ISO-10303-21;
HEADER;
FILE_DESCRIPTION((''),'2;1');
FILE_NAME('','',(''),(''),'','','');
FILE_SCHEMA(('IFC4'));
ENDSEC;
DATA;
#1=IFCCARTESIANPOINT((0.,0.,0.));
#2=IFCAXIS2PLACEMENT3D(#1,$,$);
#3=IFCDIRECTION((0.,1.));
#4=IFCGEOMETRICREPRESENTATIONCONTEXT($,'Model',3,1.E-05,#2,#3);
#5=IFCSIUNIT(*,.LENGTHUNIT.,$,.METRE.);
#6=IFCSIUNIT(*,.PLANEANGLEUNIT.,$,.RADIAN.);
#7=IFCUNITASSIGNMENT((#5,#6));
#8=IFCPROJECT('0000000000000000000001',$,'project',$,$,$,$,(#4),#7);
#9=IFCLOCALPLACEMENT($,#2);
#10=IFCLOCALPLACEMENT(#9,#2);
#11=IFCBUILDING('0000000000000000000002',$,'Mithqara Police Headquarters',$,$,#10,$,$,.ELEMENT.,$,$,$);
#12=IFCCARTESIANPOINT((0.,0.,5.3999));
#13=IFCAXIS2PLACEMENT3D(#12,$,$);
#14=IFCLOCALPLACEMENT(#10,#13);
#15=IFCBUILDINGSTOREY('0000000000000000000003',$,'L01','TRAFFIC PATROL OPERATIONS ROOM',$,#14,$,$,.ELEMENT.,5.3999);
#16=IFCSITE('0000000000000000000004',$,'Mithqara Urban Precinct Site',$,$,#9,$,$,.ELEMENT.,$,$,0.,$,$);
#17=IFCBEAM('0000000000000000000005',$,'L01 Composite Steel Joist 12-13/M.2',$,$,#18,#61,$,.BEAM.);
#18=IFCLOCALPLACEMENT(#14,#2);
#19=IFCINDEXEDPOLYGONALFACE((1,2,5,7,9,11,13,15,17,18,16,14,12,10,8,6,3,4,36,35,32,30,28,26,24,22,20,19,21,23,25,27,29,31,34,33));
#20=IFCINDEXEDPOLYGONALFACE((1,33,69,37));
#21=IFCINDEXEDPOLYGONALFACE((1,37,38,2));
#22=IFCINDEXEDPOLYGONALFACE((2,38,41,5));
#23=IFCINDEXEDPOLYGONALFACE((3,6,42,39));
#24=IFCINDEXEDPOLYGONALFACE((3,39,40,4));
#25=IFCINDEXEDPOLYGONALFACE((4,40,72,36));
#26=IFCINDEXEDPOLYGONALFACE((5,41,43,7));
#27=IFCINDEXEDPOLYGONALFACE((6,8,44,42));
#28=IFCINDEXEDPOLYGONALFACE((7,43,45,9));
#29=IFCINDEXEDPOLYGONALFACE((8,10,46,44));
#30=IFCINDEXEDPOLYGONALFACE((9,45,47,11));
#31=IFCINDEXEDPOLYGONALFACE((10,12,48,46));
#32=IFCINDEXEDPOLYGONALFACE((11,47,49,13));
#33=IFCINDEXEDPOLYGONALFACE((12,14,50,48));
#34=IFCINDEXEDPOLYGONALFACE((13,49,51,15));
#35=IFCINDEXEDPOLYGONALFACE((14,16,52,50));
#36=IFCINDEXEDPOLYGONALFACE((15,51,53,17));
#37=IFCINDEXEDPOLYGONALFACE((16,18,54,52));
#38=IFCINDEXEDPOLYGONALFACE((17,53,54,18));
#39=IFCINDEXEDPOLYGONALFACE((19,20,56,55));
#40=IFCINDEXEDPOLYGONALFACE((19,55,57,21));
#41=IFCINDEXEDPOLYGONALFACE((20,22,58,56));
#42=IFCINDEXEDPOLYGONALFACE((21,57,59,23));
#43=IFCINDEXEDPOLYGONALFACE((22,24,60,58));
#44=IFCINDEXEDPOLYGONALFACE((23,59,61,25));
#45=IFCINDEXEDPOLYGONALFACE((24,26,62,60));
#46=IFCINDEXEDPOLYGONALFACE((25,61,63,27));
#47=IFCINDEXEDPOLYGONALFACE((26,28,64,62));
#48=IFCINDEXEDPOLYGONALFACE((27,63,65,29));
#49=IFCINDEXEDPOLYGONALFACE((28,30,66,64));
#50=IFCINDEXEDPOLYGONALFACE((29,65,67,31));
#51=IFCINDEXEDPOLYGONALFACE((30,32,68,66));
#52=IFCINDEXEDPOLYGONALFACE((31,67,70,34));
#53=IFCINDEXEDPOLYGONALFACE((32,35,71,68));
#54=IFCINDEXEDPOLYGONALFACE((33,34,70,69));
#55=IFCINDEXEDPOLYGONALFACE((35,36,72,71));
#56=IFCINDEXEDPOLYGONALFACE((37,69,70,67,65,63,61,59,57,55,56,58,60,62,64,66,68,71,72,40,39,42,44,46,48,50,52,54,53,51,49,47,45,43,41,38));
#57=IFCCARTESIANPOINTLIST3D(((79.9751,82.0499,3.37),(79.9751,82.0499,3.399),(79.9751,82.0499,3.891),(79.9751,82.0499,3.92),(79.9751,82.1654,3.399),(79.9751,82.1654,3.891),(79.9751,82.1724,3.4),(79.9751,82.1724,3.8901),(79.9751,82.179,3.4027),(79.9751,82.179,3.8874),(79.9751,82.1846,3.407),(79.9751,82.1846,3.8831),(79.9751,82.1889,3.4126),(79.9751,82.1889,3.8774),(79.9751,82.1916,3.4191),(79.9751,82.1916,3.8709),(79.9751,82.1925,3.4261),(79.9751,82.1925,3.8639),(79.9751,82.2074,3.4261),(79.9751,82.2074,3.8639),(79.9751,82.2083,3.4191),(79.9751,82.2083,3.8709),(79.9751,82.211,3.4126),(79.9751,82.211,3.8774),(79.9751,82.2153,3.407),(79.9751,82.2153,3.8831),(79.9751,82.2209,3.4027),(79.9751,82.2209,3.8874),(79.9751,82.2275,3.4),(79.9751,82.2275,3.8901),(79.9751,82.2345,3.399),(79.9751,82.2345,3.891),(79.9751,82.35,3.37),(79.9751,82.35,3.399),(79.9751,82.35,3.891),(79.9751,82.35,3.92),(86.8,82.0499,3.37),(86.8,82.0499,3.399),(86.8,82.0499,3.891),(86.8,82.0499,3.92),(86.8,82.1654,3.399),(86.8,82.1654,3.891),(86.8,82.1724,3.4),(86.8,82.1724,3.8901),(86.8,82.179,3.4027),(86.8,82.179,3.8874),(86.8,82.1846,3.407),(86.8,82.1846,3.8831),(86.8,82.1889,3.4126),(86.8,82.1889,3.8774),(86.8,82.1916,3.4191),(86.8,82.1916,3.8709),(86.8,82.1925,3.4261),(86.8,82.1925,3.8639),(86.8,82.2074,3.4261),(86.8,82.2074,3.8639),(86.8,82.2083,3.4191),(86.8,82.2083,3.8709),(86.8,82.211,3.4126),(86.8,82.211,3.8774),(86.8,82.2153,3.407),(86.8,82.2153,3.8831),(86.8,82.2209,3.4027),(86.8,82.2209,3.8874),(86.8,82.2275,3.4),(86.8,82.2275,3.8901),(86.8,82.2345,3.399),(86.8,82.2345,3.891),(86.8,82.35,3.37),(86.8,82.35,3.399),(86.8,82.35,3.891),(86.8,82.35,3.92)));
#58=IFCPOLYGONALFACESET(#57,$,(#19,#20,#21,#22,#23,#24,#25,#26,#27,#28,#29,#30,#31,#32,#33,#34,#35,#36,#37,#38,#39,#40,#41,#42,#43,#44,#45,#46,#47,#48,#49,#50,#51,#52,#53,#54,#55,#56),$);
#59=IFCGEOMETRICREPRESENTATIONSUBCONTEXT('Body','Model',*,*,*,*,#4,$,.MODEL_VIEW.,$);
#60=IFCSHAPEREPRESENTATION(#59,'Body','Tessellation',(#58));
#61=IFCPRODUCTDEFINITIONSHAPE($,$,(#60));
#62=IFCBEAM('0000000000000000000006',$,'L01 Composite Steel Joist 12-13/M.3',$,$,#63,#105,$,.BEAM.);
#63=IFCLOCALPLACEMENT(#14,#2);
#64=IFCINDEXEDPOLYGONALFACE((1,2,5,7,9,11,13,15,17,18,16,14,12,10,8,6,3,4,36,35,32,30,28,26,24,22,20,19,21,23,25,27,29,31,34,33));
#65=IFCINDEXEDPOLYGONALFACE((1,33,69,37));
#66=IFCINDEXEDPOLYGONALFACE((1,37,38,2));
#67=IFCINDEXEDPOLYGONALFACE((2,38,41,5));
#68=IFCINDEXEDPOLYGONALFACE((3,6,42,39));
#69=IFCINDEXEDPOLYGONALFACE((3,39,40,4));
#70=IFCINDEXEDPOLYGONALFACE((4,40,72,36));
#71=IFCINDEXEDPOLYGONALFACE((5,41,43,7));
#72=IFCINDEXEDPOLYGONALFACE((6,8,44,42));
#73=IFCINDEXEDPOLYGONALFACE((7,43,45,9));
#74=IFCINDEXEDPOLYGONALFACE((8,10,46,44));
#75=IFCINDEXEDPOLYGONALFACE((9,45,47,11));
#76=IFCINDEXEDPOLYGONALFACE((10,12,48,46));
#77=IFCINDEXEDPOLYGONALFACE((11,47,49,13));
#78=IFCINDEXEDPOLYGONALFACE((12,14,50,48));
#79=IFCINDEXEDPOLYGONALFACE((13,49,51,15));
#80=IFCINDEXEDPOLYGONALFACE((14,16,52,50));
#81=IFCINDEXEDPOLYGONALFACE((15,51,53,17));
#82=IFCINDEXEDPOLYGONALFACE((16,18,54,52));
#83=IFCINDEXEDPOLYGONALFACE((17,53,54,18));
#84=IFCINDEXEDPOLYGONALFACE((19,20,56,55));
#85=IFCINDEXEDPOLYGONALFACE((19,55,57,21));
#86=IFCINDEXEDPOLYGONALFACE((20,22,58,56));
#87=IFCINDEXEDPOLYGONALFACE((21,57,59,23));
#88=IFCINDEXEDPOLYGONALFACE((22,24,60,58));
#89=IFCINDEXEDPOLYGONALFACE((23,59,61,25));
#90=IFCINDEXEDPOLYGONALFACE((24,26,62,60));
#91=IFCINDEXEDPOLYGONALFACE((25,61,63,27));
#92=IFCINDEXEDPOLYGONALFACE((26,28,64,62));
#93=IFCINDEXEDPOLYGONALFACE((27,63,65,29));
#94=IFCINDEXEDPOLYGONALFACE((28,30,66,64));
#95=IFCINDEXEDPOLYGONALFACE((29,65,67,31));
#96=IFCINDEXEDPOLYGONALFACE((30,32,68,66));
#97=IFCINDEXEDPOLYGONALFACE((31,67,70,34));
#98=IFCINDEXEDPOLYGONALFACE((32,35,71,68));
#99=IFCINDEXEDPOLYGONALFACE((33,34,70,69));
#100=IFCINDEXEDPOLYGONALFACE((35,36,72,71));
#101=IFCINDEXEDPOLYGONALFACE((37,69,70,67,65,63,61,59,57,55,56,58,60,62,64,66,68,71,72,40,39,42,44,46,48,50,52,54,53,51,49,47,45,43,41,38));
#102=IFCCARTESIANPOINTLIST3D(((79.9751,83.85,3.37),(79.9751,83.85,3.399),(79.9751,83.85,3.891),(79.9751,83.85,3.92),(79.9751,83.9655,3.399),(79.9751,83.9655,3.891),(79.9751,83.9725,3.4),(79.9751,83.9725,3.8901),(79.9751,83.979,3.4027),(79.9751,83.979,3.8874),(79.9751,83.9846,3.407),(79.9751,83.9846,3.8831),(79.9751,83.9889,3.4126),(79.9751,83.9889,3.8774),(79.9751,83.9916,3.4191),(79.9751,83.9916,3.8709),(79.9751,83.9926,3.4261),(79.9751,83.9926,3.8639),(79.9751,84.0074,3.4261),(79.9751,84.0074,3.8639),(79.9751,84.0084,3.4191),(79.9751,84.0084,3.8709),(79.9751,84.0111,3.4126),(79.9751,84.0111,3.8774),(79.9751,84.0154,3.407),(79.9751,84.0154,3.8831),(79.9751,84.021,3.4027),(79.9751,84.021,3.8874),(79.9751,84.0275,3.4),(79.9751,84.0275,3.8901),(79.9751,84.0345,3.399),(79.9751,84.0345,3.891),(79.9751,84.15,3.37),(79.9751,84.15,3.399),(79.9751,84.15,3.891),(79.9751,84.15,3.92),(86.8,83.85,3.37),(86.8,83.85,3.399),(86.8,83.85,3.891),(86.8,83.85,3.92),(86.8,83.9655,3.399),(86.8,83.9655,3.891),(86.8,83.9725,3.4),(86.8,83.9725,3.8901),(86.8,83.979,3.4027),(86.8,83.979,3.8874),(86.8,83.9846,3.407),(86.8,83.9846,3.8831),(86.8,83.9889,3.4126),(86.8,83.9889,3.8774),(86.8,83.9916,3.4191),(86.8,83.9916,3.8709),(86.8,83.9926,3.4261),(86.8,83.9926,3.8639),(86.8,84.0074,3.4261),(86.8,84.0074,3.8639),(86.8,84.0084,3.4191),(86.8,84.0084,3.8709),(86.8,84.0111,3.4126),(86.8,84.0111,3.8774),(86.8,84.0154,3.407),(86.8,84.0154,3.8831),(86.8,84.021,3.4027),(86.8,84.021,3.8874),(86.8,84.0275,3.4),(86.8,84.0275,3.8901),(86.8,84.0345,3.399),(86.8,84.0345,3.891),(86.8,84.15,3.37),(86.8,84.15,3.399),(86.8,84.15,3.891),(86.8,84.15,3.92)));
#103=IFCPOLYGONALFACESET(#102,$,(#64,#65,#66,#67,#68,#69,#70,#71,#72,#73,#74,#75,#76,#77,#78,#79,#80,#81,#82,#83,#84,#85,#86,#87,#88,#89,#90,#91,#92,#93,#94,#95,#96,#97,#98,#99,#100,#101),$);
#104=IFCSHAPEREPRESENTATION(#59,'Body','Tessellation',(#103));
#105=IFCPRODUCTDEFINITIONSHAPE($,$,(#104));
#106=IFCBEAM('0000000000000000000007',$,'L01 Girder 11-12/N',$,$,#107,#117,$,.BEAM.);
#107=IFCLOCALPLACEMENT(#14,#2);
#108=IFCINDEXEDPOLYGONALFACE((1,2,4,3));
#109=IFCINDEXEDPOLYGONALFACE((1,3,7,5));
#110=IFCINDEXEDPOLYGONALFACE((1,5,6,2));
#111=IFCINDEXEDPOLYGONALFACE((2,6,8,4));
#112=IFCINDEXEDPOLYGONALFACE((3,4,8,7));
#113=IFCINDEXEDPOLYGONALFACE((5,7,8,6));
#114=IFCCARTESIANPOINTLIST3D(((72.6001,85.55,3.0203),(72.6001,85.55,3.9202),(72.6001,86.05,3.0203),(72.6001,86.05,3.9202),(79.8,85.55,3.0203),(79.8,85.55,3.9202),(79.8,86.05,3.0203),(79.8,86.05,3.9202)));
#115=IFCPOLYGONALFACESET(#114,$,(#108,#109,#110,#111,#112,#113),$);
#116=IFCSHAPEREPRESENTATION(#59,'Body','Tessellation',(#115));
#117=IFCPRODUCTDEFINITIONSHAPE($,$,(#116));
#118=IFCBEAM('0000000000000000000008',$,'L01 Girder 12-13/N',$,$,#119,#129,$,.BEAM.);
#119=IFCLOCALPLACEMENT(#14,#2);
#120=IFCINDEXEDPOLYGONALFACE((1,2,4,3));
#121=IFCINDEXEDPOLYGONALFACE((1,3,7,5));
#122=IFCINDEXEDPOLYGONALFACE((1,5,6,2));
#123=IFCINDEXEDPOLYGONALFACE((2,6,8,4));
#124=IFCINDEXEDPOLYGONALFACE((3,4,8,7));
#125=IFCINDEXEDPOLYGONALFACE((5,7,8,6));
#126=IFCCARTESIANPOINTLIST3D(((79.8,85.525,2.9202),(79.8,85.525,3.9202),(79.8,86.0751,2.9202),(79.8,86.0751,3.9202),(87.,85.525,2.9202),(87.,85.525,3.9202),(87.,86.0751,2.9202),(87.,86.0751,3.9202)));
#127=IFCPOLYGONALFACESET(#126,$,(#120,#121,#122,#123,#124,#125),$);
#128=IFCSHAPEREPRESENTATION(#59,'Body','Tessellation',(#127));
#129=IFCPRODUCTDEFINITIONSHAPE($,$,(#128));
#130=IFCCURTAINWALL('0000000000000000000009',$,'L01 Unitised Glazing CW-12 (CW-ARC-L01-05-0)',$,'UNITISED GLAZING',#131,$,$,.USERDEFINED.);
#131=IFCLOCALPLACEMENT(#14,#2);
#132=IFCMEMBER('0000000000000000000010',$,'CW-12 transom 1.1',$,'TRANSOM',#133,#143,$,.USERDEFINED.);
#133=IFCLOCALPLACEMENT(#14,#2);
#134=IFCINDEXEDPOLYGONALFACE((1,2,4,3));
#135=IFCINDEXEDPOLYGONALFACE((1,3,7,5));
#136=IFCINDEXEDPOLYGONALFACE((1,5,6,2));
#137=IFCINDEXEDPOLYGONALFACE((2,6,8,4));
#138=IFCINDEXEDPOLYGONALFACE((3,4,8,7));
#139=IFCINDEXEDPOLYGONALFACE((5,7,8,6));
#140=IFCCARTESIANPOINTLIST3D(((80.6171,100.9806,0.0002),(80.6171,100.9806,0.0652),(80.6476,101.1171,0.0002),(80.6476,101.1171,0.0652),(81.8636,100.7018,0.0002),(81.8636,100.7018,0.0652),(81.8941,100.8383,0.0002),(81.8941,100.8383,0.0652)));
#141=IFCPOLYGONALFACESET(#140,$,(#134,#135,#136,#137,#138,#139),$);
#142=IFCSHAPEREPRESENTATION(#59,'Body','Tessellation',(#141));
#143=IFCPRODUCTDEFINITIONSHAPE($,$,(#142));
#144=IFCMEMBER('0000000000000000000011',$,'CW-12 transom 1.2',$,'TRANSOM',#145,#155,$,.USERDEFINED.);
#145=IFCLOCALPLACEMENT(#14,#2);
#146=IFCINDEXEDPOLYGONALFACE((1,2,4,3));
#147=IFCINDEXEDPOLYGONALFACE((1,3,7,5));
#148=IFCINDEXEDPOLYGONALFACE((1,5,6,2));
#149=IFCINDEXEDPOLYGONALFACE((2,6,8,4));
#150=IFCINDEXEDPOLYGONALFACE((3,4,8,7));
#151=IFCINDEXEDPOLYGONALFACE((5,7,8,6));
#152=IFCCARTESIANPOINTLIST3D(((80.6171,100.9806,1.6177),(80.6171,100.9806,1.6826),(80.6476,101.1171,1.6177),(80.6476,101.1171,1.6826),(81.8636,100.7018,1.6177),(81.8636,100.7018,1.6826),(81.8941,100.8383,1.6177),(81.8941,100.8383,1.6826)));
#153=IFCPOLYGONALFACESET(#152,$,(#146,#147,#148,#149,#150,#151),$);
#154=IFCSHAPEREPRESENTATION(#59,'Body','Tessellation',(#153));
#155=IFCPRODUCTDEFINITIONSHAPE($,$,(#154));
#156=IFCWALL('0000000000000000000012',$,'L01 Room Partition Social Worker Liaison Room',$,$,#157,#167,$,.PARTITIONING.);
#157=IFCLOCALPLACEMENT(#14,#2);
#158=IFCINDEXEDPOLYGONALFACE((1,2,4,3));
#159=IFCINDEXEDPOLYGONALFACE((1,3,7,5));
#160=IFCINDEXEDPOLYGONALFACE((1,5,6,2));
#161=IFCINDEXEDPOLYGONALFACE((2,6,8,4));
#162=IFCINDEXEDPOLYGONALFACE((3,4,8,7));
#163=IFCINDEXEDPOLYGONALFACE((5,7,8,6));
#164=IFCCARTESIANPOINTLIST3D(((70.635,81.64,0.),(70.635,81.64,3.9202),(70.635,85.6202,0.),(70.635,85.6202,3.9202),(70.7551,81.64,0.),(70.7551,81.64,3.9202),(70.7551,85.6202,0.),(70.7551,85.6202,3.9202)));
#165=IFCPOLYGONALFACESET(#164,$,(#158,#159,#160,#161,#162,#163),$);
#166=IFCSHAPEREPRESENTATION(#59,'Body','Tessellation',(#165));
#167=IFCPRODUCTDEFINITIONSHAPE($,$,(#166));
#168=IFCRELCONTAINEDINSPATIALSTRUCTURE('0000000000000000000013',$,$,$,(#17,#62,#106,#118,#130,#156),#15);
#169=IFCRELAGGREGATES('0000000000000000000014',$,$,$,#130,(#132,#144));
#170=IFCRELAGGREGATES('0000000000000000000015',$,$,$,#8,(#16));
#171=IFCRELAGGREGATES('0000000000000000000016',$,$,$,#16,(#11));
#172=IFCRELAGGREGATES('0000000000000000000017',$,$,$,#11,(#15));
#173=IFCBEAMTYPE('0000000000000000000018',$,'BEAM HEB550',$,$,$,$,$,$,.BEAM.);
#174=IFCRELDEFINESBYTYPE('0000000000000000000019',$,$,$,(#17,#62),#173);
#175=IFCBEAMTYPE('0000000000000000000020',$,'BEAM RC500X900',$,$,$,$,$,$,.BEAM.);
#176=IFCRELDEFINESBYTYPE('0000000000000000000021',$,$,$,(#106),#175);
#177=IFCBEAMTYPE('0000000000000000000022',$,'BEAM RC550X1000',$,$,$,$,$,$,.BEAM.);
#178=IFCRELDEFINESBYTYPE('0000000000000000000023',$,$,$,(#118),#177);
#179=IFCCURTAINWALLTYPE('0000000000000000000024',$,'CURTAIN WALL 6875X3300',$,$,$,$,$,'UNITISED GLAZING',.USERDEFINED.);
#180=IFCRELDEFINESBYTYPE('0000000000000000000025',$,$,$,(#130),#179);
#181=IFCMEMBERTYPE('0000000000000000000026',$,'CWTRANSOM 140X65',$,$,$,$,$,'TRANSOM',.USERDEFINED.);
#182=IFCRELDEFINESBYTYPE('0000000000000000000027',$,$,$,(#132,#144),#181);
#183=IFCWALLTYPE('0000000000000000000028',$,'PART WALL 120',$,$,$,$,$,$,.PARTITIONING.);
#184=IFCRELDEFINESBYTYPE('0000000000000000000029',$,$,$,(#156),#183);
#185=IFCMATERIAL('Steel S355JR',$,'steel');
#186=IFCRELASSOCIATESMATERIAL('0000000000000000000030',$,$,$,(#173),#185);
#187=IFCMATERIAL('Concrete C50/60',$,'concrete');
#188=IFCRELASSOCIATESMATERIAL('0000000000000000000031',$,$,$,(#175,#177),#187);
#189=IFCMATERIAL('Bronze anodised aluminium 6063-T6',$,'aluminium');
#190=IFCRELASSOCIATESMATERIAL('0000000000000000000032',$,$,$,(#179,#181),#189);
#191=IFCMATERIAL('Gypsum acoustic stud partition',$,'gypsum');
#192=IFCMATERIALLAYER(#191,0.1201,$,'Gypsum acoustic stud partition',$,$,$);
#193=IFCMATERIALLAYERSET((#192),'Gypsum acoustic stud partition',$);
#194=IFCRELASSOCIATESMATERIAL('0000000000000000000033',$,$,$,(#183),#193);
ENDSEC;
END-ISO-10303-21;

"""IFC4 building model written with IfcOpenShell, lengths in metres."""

from ifc_helpers import new_model, si_unit, direction, frame, frame_2d, origin, origin_2d, place, context, subcontext, project, spatial, rectangle, i_section, extrude, material, layer, layer_set, material_profile, profile_set, type_object, element, aggregate, save


model = new_model("IFC4")

# Units and contexts
model_context = context("Model", 3, precision=1e-05, world=origin(), true_north=direction((0.0, 1.0)))
body_context = subcontext(model_context, "Body", "Model", "MODEL_VIEW")
ifc_project = project(units=[si_unit("LENGTHUNIT", "METRE"), si_unit("PLANEANGLEUNIT", "RADIAN")], contexts=[model_context])

# Site, building, storey
site_placement = place(None, origin())
site = spatial("IfcSite", under=ifc_project, at=site_placement, Name="Mithqara Urban Precinct Site", CompositionType="ELEMENT", RefElevation=0.0)
building_placement = place(site_placement, origin())
building = spatial("IfcBuilding", under=site, at=building_placement, Name="Mithqara Police Headquarters", CompositionType="ELEMENT")
storey_placement = place(building_placement, frame((0.0, 0.0, 5.3999)))
storey = spatial("IfcBuildingStorey", under=building, at=storey_placement, Name="L01", Description="TRAFFIC PATROL OPERATIONS ROOM", CompositionType="ELEMENT", Elevation=5.3999)

# Shared definitions
ifc_material_1 = material(Name="Concrete C50/60", Category="concrete")

# Beams
ifc_material_2 = material(Name="Steel S355JR", Category="steel")
ifc_material_profile_1 = material_profile(ifc_material_2, i_section(OverallWidth=0.3, OverallDepth=0.55, WebThickness=0.0149, FlangeThickness=0.0291, FilletRadius=0.0271, at=origin_2d()), Name="HEB 550")
ifc_profile_set_1 = profile_set([ifc_material_profile_1], Name="Steel S355JR")
beam_type_1 = type_object("IfcBeamType", Name="BEAM HEB550", PredefinedType="BEAM", material=ifc_profile_set_1)
for number, where, z_axis, x_axis, name in (
    (1, (79.9751, 82.2, 3.645), (1.0, 0.0, 0.0), (0.0, 1.0, 0.0), "L01 Composite Steel Joist 12-13/M.2"),
    (2, (79.9751, 84.0, 3.645), (1.0, 0.0, 0.0), (0.0, 1.0, 0.0), "L01 Composite Steel Joist 12-13/M.3"),
):
    element("IfcBeam", number, at=place(storey_placement, frame(where, z_axis=z_axis, x_axis=x_axis)), inside=storey, type_object=beam_type_1, Name=name, PredefinedType="BEAM", context=body_context, shape_type="SweptSolid", body=[
        extrude(i_section(OverallWidth=0.3, OverallDepth=0.55, WebThickness=0.0149, FlangeThickness=0.0291, FilletRadius=0.0271, at=origin_2d()), origin(), (0.0, 0.0, 1.0), 6.825),
    ])
ifc_material_profile_2 = material_profile(ifc_material_1, rectangle(XDim=0.5, YDim=0.8999, at=origin_2d()), Name="RC 500x900")
ifc_profile_set_2 = profile_set([ifc_material_profile_2], Name="Concrete C50/60")
beam_type_2 = type_object("IfcBeamType", Name="BEAM RC500X900", PredefinedType="BEAM", material=ifc_profile_set_2)
beam_1_placement = place(storey_placement, frame((72.6001, 85.8, 3.4702), z_axis=(1.0, 0.0, 0.0), x_axis=(0.0, 1.0, 0.0)))
element("IfcBeam", 3, at=beam_1_placement, inside=storey, type_object=beam_type_2, Name="L01 Girder 11-12/N", PredefinedType="BEAM", context=body_context, shape_type="SweptSolid", body=[
    extrude(rectangle(XDim=0.5, YDim=0.8999, at=origin_2d()), origin(), (0.0, 0.0, 1.0), 7.2),
])
ifc_material_profile_3 = material_profile(ifc_material_1, rectangle(XDim=0.55, YDim=1.0, at=origin_2d()), Name="RC 550x1000")
ifc_profile_set_3 = profile_set([ifc_material_profile_3], Name="Concrete C50/60")
beam_type_3 = type_object("IfcBeamType", Name="BEAM RC550X1000", PredefinedType="BEAM", material=ifc_profile_set_3)
beam_2_placement = place(storey_placement, frame((79.8, 85.8, 3.4202), z_axis=(1.0, 0.0, 0.0), x_axis=(0.0, 1.0, 0.0)))
element("IfcBeam", 4, at=beam_2_placement, inside=storey, type_object=beam_type_3, Name="L01 Girder 12-13/N", PredefinedType="BEAM", context=body_context, shape_type="SweptSolid", body=[
    extrude(rectangle(XDim=0.55, YDim=1.0, at=origin_2d()), origin(), (0.0, 0.0, 1.0), 7.2),
])

# Curtain wall, members
ifc_material_3 = material(Name="Bronze anodised aluminium 6063-T6", Category="aluminium")
curtain_wall_type = type_object("IfcCurtainWallType", Name="CURTAIN WALL 6875X3300", ElementType="UNITISED GLAZING", PredefinedType="USERDEFINED", material=ifc_material_3)
curtain_wall_placement = place(storey_placement, origin())
curtain_wall = element("IfcCurtainWall", 5, at=curtain_wall_placement, inside=storey, type_object=curtain_wall_type, Name="L01 Unitised Glazing CW-12 (CW-ARC-L01-05-0)", ObjectType="UNITISED GLAZING", PredefinedType="USERDEFINED")
ifc_material_profile_4 = material_profile(ifc_material_3, rectangle(XDim=0.1399, YDim=0.0649, at=origin_2d()), Name="CWT 140x65")
ifc_profile_set_4 = profile_set([ifc_material_profile_4], Name="Bronze anodised aluminium 6063-T6")
member_type_1 = type_object("IfcMemberType", Name="CWTRANSOM 140X65", ElementType="TRANSOM", PredefinedType="USERDEFINED", material=ifc_profile_set_4)
member_1_placement = place(storey_placement, frame((80.6323, 101.0488, 0.0327), z_axis=(0.975889, -0.218266, 0.0), x_axis=(0.218266, 0.975889, 0.0)))
member_1 = element("IfcMember", 6, at=member_1_placement, type_object=member_type_1, Name="CW-12 transom 1.1", ObjectType="TRANSOM", PredefinedType="USERDEFINED", context=body_context, shape_type="SweptSolid", body=[
    extrude(rectangle(XDim=0.1399, YDim=0.0649, at=origin_2d()), origin(), (0.0, 0.0, 1.0), 1.2773),
])
member_2_placement = place(storey_placement, frame((80.6323, 101.0488, 1.6501), z_axis=(0.975889, -0.218266, 0.0), x_axis=(0.218266, 0.975889, 0.0)))
member_2 = element("IfcMember", 7, at=member_2_placement, type_object=member_type_1, Name="CW-12 transom 1.2", ObjectType="TRANSOM", PredefinedType="USERDEFINED", context=body_context, shape_type="SweptSolid", body=[
    extrude(rectangle(XDim=0.1399, YDim=0.0649, at=origin_2d()), origin(), (0.0, 0.0, 1.0), 1.2773),
])
aggregate(curtain_wall, [member_1, member_2])

# Wall
ifc_material_4 = material(Name="Gypsum acoustic stud partition", Category="gypsum")
ifc_layer_1 = layer(ifc_material_4, 0.1201, Name="Gypsum acoustic stud partition")
ifc_layer_set_1 = layer_set([ifc_layer_1], Name="Gypsum acoustic stud partition")
wall_type = type_object("IfcWallType", Name="PART WALL 120", PredefinedType="PARTITIONING", material=ifc_layer_set_1)
wall_1_placement = place(storey_placement, frame((70.6951, 81.6399, 0.0), z_axis=(0.0, 0.0, 1.0), x_axis=(0.0, 1.0, 0.0)))
element("IfcWall", 8, at=wall_1_placement, inside=storey, type_object=wall_type, Name="L01 Room Partition Social Worker Liaison Room", PredefinedType="PARTITIONING", context=body_context, shape_type="SweptSolid", body=[
    extrude(rectangle(XDim=3.9802, YDim=0.1201, at=frame_2d((1.9902, 0.0))), origin(), (0.0, 0.0, 1.0), 3.9202),
])

save(model, "model.ifc")
